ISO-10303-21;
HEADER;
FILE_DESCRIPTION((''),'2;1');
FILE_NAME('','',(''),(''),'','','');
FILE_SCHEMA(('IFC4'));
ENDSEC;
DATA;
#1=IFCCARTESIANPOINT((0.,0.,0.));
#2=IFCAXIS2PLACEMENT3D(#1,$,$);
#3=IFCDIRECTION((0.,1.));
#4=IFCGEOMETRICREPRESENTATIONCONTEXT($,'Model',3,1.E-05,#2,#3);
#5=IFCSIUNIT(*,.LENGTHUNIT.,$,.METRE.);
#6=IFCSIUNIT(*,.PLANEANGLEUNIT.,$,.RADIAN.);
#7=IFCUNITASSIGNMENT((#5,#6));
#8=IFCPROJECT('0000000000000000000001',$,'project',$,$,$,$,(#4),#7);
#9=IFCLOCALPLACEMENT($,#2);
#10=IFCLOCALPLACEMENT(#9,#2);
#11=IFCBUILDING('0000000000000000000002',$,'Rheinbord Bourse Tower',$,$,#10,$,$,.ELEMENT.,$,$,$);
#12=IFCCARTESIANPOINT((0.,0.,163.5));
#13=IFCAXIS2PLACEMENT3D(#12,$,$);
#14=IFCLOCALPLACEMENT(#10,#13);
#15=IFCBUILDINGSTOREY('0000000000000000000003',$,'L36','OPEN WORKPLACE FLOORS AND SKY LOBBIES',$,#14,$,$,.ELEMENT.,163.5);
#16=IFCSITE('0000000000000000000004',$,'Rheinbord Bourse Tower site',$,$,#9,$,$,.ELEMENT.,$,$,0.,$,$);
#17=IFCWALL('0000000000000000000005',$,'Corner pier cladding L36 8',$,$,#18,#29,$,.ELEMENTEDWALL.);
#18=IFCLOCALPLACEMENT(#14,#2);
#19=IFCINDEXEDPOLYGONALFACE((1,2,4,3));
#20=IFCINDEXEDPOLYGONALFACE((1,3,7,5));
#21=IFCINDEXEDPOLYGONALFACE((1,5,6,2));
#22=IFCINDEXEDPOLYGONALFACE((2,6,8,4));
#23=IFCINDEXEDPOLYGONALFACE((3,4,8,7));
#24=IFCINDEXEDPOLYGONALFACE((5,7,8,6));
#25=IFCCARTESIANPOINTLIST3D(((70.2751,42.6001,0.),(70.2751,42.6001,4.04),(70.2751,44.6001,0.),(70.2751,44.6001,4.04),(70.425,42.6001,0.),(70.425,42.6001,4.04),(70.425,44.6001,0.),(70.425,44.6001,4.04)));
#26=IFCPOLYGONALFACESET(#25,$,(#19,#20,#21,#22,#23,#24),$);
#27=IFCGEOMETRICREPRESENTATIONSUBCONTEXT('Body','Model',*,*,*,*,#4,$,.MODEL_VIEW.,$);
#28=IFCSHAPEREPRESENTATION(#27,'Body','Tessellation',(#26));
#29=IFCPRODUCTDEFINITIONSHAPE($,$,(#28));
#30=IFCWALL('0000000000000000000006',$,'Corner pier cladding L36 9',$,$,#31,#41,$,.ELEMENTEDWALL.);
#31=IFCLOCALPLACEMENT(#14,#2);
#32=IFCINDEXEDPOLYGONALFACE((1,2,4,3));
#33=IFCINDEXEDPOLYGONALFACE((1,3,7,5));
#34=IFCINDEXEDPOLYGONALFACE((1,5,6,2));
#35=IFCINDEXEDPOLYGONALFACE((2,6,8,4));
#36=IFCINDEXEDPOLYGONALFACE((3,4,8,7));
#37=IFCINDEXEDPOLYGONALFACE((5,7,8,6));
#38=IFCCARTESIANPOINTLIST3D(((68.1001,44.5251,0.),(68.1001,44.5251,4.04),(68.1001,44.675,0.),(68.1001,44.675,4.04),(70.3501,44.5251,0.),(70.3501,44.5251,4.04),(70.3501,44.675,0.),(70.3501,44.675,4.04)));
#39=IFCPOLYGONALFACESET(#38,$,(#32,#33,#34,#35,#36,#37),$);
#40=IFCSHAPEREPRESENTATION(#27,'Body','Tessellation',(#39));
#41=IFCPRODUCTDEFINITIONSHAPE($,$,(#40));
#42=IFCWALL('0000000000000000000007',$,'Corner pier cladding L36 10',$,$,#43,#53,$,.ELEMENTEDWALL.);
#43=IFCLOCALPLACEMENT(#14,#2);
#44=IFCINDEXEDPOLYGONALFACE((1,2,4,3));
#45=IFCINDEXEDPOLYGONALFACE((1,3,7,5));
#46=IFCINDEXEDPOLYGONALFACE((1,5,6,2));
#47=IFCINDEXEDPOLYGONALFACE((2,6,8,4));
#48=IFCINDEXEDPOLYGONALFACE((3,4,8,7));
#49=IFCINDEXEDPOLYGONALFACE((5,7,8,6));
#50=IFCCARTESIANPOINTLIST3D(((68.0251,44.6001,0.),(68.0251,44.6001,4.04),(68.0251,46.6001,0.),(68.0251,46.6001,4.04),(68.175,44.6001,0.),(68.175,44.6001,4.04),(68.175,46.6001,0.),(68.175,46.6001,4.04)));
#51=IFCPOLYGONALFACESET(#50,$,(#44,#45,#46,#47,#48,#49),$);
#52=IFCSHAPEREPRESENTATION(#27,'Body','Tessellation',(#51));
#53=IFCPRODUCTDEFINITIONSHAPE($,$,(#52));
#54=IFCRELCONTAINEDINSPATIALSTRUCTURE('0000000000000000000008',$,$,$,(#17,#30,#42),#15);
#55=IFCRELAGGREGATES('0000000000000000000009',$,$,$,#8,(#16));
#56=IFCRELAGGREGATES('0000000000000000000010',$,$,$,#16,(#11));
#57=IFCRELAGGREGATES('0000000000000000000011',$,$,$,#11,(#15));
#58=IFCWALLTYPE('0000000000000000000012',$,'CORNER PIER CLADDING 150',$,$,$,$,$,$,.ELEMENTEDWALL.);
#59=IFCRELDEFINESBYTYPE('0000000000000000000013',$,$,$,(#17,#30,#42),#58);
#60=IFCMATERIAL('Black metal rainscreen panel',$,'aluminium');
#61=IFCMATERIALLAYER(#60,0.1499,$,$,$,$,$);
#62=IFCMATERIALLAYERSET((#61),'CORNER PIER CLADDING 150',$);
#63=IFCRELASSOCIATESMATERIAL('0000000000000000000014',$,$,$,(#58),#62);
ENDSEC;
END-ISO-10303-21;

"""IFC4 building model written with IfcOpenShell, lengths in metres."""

from ifc_helpers import new_model, si_unit, direction, frame, frame_2d, origin, place, context, subcontext, project, spatial, rectangle, extrude, material, layer, layer_set, type_object, element, save


model = new_model("IFC4")

# Units and contexts
model_context = context("Model", 3, precision=1e-05, world=origin(), true_north=direction((0.0, 1.0)))
body_context = subcontext(model_context, "Body", "Model", "MODEL_VIEW")
ifc_project = project(units=[si_unit("LENGTHUNIT", "METRE"), si_unit("PLANEANGLEUNIT", "RADIAN")], contexts=[model_context])

# Site, building, storey
site_placement = place(None, origin())
site = spatial("IfcSite", under=ifc_project, at=site_placement, Name="Rheinbord Bourse Tower site", CompositionType="ELEMENT", RefElevation=0.0)
building_placement = place(site_placement, origin())
building = spatial("IfcBuilding", under=site, at=building_placement, Name="Rheinbord Bourse Tower", CompositionType="ELEMENT")
storey_placement = place(building_placement, frame((0.0, 0.0, 163.5)))
storey = spatial("IfcBuildingStorey", under=building, at=storey_placement, Name="L36", Description="OPEN WORKPLACE FLOORS AND SKY LOBBIES", CompositionType="ELEMENT", Elevation=163.5)

# Walls
ifc_material_1 = material(Name="Black metal rainscreen panel", Category="aluminium")
ifc_layer_1 = layer(ifc_material_1, 0.1499)
ifc_layer_set_1 = layer_set([ifc_layer_1], Name="CORNER PIER CLADDING 150")
wall_type = type_object("IfcWallType", Name="CORNER PIER CLADDING 150", PredefinedType="ELEMENTEDWALL", material=ifc_layer_set_1)
wall_1_placement = place(storey_placement, frame((70.3501, 42.6001, 0.0), z_axis=(0.0, 0.0, 1.0), x_axis=(0.0, 1.0, 0.0)))
element("IfcWall", 1, at=wall_1_placement, inside=storey, type_object=wall_type, Name="Corner pier cladding L36 8", PredefinedType="ELEMENTEDWALL", context=body_context, shape_type="SweptSolid", body=[
    extrude(rectangle(XDim=2.0, YDim=0.1499, at=frame_2d((1.0, 0.0))), origin(), (0.0, 0.0, 1.0), 4.04),
])
wall_2_placement = place(storey_placement, frame((70.3501, 44.6001, 0.0), z_axis=(0.0, 0.0, 1.0), x_axis=(-1.0, 0.0, 0.0)))
element("IfcWall", 2, at=wall_2_placement, inside=storey, type_object=wall_type, Name="Corner pier cladding L36 9", PredefinedType="ELEMENTEDWALL", context=body_context, shape_type="SweptSolid", body=[
    extrude(rectangle(XDim=2.25, YDim=0.1499, at=frame_2d((1.125, 0.0))), origin(), (0.0, 0.0, 1.0), 4.04),
])
wall_3_placement = place(storey_placement, frame((68.1001, 44.6001, 0.0), z_axis=(0.0, 0.0, 1.0), x_axis=(0.0, 1.0, 0.0)))
element("IfcWall", 3, at=wall_3_placement, inside=storey, type_object=wall_type, Name="Corner pier cladding L36 10", PredefinedType="ELEMENTEDWALL", context=body_context, shape_type="SweptSolid", body=[
    extrude(rectangle(XDim=2.0, YDim=0.1499, at=frame_2d((1.0, 0.0))), origin(), (0.0, 0.0, 1.0), 4.04),
])

save(model, "model.ifc")
